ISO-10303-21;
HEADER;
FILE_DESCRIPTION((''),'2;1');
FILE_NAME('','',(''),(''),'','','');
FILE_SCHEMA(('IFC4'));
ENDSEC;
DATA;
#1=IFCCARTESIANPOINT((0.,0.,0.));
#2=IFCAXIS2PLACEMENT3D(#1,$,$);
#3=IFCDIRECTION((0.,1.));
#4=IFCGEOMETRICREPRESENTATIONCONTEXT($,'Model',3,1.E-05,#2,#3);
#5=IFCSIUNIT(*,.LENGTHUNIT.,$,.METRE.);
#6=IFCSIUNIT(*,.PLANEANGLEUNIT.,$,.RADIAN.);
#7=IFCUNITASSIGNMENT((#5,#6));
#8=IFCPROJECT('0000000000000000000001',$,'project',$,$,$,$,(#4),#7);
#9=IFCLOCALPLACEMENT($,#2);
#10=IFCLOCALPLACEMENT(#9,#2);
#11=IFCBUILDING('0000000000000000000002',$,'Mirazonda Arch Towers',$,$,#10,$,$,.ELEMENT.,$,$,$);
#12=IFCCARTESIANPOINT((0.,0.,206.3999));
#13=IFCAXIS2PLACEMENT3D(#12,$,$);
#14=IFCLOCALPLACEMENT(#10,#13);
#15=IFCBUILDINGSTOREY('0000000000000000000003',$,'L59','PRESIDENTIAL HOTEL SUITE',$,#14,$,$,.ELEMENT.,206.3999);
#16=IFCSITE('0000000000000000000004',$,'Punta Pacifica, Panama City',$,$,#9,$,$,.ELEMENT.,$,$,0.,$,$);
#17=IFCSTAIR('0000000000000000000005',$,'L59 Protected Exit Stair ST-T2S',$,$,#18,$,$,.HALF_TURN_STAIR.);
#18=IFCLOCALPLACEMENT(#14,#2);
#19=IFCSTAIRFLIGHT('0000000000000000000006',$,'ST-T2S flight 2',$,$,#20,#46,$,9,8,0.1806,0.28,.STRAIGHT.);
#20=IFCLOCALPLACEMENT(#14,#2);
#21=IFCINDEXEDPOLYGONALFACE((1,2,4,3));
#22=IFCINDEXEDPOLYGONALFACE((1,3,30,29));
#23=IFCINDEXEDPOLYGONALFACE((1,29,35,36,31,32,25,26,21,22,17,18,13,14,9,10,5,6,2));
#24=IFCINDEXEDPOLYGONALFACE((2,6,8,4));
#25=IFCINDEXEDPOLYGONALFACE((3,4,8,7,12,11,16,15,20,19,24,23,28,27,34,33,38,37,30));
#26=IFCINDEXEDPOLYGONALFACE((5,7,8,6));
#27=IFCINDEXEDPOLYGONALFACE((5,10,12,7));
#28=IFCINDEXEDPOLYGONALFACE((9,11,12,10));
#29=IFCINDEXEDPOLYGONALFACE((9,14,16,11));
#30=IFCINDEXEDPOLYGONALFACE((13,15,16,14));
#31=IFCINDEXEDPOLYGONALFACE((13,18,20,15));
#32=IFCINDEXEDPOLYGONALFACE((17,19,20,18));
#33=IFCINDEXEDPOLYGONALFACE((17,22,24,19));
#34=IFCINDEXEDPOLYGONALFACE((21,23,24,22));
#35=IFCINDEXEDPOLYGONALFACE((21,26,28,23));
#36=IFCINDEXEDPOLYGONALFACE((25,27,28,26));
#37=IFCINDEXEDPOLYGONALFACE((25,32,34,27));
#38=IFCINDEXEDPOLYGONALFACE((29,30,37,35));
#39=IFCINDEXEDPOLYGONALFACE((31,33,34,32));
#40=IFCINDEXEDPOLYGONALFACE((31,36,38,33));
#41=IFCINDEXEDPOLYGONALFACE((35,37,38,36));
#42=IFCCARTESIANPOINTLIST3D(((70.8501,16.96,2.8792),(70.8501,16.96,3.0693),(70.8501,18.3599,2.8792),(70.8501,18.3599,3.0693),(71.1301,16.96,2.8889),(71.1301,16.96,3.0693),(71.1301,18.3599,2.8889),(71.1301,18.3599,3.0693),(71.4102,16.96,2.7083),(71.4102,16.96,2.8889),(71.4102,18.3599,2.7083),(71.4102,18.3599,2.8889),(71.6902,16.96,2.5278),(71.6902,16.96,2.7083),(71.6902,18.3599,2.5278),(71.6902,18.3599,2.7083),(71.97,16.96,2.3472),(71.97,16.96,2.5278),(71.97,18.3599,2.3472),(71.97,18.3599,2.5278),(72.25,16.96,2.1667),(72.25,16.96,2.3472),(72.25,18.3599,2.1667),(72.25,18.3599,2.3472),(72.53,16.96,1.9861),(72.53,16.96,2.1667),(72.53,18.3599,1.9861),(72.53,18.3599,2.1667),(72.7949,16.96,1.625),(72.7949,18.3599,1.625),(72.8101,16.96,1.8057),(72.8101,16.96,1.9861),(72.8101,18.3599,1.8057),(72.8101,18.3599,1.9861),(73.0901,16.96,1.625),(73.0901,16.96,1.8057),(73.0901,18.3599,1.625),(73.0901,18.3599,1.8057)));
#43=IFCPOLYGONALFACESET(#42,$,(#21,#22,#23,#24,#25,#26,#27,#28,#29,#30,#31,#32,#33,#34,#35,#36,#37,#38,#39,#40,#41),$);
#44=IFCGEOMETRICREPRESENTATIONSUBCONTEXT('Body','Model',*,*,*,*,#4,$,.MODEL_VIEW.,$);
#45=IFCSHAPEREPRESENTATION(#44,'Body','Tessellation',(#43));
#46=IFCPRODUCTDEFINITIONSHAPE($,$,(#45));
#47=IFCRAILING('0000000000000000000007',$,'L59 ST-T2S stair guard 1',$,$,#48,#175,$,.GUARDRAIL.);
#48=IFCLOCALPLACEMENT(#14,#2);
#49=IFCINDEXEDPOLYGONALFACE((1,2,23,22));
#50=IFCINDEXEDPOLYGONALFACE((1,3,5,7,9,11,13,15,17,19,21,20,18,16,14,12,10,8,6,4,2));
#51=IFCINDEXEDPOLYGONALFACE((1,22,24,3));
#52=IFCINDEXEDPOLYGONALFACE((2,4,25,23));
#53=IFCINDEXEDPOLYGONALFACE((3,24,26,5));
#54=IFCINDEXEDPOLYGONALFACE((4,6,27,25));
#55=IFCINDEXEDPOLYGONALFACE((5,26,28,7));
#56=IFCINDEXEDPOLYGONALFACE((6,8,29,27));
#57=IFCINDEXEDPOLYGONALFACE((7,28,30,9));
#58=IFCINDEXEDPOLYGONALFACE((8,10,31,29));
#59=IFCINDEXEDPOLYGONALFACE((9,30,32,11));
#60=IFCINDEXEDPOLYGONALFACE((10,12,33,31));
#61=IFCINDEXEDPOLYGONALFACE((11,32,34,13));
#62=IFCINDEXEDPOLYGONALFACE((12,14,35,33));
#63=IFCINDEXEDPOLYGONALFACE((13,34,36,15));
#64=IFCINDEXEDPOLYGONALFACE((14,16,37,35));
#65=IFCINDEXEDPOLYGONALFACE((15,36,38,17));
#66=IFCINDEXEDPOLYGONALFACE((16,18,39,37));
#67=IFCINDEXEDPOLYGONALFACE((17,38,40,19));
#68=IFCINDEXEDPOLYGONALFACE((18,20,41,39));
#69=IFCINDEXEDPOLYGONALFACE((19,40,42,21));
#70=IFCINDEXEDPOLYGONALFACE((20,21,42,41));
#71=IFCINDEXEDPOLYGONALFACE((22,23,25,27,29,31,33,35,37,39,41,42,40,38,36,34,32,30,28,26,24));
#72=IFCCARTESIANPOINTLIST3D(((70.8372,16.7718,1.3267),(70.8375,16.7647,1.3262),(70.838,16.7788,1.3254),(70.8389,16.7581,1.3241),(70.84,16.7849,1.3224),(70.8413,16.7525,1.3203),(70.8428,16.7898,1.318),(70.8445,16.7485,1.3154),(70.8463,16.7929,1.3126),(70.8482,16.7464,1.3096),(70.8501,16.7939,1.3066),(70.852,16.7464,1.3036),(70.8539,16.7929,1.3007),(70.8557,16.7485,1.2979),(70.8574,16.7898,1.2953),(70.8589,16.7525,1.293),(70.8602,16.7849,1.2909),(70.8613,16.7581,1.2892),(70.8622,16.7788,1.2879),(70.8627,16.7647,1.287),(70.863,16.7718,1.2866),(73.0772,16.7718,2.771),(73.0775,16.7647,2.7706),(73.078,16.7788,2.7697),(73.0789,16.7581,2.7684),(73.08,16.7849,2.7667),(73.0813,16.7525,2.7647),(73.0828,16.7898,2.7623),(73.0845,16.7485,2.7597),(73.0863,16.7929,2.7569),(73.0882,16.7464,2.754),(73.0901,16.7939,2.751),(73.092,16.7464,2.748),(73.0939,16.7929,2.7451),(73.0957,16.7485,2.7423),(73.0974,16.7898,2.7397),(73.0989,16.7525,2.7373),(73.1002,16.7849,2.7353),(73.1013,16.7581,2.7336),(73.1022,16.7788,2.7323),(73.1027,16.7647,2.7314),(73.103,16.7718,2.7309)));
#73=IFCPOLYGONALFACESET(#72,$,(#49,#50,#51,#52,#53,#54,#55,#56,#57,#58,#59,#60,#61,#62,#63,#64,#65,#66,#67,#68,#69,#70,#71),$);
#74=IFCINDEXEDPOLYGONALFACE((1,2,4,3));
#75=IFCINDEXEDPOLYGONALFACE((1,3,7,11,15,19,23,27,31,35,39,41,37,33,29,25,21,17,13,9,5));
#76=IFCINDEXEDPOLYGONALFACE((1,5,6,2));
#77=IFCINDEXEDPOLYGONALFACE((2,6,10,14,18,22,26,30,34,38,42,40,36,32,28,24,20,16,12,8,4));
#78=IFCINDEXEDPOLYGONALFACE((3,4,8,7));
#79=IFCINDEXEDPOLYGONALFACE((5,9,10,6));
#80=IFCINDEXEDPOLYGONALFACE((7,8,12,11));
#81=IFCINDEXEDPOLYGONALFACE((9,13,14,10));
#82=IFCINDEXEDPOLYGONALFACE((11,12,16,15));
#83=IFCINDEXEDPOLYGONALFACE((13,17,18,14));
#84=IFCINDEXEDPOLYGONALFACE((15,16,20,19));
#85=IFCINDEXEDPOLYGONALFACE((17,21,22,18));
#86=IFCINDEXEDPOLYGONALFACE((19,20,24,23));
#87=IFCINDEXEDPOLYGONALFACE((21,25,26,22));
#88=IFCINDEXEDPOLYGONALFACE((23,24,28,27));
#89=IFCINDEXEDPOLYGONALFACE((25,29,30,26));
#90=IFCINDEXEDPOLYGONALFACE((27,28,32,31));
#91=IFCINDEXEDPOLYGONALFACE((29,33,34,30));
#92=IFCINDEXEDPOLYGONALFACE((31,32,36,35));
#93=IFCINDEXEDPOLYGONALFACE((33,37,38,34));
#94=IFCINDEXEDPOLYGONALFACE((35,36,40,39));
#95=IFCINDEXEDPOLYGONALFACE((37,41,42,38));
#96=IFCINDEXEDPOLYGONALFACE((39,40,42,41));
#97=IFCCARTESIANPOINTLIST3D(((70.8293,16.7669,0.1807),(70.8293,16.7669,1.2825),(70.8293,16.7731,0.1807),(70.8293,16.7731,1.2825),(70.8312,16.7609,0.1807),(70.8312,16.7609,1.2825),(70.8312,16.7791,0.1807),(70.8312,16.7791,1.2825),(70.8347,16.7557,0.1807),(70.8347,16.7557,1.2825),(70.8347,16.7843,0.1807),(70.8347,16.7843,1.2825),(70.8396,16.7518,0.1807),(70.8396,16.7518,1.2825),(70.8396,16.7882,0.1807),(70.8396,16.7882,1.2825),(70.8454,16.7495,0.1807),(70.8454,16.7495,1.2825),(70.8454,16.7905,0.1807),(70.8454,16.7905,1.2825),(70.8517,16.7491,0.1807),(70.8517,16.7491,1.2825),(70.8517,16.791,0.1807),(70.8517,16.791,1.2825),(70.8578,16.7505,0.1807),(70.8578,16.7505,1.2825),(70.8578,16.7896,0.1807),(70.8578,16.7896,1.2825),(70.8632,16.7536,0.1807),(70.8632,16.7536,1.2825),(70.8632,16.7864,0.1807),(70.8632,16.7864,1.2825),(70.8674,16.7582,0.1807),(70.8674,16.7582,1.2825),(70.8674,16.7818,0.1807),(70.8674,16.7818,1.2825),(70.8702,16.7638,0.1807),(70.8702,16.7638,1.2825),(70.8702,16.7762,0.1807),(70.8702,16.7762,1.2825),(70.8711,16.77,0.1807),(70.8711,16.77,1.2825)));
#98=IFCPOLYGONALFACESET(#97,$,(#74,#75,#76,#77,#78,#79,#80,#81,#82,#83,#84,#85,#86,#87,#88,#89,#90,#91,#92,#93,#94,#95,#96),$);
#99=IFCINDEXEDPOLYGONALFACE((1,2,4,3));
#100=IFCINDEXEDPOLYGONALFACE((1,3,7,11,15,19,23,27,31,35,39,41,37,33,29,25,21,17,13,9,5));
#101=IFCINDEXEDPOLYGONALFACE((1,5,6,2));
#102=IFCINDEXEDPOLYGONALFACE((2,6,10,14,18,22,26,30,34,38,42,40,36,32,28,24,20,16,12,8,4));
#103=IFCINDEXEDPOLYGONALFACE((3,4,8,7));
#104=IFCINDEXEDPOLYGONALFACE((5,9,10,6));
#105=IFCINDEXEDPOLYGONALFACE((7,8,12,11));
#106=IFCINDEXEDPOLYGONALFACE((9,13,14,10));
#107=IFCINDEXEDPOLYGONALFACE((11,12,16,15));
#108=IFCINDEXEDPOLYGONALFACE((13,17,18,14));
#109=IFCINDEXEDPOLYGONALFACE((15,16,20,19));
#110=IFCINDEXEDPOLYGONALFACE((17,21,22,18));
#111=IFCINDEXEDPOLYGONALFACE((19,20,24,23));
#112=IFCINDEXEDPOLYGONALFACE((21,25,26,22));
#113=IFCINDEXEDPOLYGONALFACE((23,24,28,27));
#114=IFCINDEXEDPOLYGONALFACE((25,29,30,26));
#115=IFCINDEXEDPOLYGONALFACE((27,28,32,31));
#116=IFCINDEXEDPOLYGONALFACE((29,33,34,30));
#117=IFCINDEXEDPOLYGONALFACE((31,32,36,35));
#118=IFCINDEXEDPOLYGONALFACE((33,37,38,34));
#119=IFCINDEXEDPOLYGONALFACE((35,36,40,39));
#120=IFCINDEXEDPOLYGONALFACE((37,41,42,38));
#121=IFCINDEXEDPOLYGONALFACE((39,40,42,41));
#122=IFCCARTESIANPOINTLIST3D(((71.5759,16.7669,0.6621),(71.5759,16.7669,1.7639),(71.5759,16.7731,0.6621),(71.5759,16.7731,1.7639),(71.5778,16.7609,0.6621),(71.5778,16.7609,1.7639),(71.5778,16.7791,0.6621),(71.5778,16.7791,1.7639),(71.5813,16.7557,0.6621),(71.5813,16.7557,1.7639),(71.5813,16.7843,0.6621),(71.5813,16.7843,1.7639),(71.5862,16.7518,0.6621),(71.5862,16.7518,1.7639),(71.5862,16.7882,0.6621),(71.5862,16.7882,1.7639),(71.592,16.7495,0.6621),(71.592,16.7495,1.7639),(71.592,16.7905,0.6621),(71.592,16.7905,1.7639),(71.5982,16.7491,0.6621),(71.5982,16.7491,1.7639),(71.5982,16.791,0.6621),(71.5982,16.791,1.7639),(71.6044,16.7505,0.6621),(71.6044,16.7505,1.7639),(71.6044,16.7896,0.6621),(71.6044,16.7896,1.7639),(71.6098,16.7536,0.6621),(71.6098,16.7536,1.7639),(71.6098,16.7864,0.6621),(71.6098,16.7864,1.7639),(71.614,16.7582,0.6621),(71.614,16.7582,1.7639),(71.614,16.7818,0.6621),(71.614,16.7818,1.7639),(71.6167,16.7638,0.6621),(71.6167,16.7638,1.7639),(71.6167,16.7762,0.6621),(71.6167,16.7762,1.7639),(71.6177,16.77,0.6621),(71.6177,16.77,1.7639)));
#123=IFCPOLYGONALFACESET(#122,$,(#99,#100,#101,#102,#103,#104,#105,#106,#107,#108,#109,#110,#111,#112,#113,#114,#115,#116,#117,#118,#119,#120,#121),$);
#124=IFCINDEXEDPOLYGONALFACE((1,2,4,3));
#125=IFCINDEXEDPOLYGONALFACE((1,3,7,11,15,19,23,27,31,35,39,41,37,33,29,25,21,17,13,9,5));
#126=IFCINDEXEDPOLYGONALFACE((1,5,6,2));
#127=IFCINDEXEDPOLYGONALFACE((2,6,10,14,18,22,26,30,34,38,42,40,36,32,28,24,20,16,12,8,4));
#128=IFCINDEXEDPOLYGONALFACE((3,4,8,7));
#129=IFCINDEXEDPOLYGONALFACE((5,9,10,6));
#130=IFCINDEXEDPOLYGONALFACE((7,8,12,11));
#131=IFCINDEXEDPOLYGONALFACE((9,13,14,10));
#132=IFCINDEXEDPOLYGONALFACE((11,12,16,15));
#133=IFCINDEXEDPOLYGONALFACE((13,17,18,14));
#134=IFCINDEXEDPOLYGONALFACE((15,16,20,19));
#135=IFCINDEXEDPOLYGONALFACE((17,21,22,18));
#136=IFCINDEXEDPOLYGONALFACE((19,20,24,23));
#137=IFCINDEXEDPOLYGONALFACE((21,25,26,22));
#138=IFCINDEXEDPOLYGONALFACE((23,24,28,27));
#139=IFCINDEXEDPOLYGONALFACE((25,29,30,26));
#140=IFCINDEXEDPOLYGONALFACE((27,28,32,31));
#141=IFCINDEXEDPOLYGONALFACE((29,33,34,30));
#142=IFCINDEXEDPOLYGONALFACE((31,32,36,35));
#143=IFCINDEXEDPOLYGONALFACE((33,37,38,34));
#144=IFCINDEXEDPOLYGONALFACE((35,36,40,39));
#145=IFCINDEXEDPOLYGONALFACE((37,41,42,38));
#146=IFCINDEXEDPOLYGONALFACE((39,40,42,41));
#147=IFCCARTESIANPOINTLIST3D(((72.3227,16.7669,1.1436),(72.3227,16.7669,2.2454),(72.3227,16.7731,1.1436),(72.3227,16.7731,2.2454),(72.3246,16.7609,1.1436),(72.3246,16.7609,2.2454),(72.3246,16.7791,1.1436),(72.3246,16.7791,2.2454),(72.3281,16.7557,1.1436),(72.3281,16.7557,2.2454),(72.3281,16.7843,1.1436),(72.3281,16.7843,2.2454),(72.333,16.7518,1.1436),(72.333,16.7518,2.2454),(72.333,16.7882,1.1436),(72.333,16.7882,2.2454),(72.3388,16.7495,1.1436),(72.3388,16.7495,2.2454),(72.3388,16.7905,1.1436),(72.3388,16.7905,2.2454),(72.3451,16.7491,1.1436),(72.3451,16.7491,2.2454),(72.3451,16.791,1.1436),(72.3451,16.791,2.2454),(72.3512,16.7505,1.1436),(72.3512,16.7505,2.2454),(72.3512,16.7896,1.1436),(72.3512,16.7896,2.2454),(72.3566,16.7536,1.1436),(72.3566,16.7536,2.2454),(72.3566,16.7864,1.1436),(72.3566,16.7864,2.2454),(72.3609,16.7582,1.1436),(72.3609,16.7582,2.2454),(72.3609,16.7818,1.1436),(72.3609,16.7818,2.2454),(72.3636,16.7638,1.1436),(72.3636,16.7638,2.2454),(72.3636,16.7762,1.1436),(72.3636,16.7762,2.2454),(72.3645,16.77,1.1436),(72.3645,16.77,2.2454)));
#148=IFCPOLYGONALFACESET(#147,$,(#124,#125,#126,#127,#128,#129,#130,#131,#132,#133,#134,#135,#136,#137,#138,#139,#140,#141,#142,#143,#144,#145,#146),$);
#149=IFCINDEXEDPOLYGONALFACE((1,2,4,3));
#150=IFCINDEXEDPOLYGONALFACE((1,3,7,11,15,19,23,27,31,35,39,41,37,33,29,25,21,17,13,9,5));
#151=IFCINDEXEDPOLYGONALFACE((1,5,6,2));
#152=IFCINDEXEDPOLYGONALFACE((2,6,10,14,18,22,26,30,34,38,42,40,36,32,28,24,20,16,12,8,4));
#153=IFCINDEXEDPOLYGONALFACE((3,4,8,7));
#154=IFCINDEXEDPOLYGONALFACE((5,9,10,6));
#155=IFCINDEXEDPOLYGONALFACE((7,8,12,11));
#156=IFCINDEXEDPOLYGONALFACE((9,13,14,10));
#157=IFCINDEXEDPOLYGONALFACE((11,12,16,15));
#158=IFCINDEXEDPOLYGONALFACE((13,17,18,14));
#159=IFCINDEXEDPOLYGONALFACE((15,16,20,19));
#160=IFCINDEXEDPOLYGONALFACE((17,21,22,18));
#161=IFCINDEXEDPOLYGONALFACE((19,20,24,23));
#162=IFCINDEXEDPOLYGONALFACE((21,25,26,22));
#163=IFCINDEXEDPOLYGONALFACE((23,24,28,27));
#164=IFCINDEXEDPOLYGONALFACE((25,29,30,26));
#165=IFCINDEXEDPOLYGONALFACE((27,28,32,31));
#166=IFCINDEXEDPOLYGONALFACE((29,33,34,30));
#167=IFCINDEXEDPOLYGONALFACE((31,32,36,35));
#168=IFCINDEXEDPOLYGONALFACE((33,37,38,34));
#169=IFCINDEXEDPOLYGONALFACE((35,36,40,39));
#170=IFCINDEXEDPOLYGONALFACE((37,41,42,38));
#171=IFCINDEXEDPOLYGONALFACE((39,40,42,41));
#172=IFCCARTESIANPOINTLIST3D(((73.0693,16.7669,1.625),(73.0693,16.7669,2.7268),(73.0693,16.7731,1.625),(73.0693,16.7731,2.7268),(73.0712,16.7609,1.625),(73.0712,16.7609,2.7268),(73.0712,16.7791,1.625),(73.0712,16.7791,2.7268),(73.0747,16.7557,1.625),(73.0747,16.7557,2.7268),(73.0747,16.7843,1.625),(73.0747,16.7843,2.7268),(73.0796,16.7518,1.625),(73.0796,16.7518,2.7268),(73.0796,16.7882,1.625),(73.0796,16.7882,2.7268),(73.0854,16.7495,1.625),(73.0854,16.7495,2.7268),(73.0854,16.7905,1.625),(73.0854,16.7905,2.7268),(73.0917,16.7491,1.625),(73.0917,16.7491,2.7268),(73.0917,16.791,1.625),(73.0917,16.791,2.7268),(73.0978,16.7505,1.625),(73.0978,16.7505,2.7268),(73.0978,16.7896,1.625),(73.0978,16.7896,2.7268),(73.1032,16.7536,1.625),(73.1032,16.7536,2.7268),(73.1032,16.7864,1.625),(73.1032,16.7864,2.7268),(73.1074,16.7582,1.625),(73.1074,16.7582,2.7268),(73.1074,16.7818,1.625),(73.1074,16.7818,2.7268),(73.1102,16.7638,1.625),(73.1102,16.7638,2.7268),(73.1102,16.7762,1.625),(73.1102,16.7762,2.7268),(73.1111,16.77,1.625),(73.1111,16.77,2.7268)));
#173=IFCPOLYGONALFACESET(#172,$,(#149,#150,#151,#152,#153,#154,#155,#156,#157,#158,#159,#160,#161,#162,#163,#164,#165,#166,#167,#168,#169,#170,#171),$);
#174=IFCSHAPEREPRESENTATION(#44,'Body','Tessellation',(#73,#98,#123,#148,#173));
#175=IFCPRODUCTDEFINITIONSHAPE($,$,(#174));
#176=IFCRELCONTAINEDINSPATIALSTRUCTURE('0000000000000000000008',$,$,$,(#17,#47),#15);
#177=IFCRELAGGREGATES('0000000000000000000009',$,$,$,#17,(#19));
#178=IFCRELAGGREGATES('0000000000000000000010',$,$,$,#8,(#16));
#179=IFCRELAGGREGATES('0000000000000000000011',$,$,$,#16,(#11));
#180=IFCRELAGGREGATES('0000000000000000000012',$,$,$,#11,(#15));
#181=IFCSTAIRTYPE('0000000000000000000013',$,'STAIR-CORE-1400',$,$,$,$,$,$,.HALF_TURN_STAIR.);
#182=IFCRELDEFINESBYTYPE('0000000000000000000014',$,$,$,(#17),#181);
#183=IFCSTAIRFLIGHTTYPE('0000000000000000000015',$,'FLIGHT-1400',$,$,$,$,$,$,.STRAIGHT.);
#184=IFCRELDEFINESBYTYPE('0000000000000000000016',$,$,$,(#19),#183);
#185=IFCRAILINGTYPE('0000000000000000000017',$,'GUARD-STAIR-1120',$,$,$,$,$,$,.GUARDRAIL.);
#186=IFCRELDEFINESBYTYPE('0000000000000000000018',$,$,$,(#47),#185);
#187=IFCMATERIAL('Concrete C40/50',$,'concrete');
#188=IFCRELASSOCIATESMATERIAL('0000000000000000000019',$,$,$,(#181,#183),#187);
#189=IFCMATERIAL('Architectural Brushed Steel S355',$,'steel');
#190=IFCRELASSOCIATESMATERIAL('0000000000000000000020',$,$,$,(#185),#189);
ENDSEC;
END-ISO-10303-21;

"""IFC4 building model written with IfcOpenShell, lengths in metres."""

from ifc_helpers import new_model, si_unit, direction, frame, origin, origin_2d, place, context, subcontext, project, spatial, polyline, circle, outline, extrude, material, type_object, element, aggregate, save


model = new_model("IFC4")

# Units and contexts
model_context = context("Model", 3, precision=1e-05, world=origin(), true_north=direction((0.0, 1.0)))
body_context = subcontext(model_context, "Body", "Model", "MODEL_VIEW")
ifc_project = project(units=[si_unit("LENGTHUNIT", "METRE"), si_unit("PLANEANGLEUNIT", "RADIAN")], contexts=[model_context])

# Site, building, storey
site_placement = place(None, origin())
site = spatial("IfcSite", under=ifc_project, at=site_placement, Name="Punta Pacifica, Panama City", CompositionType="ELEMENT", RefElevation=0.0)
building_placement = place(site_placement, origin())
building = spatial("IfcBuilding", under=site, at=building_placement, Name="Mirazonda Arch Towers", CompositionType="ELEMENT")
storey_placement = place(building_placement, frame((0.0, 0.0, 206.3999)))
storey = spatial("IfcBuildingStorey", under=building, at=storey_placement, Name="L59", Description="PRESIDENTIAL HOTEL SUITE", CompositionType="ELEMENT", Elevation=206.3999)

# Stair, stair flight
ifc_material_1 = material(Name="Concrete C40/50", Category="concrete")
stair_type = type_object("IfcStairType", Name="STAIR-CORE-1400", PredefinedType="HALF_TURN_STAIR", material=ifc_material_1)
stair_placement = place(storey_placement, origin())
stair = element("IfcStair", 1, at=stair_placement, inside=storey, type_object=stair_type, Name="L59 Protected Exit Stair ST-T2S", PredefinedType="HALF_TURN_STAIR")
stair_flight_type = type_object("IfcStairFlightType", Name="FLIGHT-1400", PredefinedType="STRAIGHT", material=ifc_material_1)
stair_flight_1_placement = place(storey_placement, frame((73.0901, 17.6599, 1.625), z_axis=(0.0, 0.0, 1.0), x_axis=(-1.0, 0.0, 0.0)))
stair_flight_1 = element("IfcStairFlight", 2, at=stair_flight_1_placement, type_object=stair_flight_type, Name="ST-T2S flight 2", NumberOfRisers=9, NumberOfTreads=8, PredefinedType="STRAIGHT", RiserHeight=0.1806, TreadLength=0.28, context=body_context, shape_type="SweptSolid", body=[
    extrude(outline(polyline([(0.0, 0.0), (0.0, 0.1807), (0.28, 0.1807), (0.28, 0.3611), (0.5601, 0.3611), (0.5601, 0.5417), (0.8401, 0.5417), (0.8401, 0.7222), (1.1201, 0.7222), (1.1201, 0.9028), (1.3999, 0.9028), (1.3999, 1.0833), (1.6799, 1.0833), (1.6799, 1.2639), (1.96, 1.2639), (1.96, 1.4443), (2.24, 1.4443), (2.24, 1.625), (2.24, 1.2542), (0.2952, 0.0), (0.0, 0.0)])), frame((0.0, 0.7, 0.0), z_axis=(0.0, -1.0, 0.0), x_axis=(1.0, 0.0, 0.0)), (0.0, 0.0, 1.0), 1.3999),
])
aggregate(stair, [stair_flight_1])

# Railing
ifc_material_2 = material(Name="Architectural Brushed Steel S355", Category="steel")
railing_type_1 = type_object("IfcRailingType", Name="GUARD-STAIR-1120", PredefinedType="GUARDRAIL", material=ifc_material_2)
railing_1_placement = place(storey_placement, frame((70.8501, 16.77, 0.1807)))
element("IfcRailing", 3, at=railing_1_placement, inside=storey, type_object=railing_type_1, Name="L59 ST-T2S stair guard 1", PredefinedType="GUARDRAIL", context=body_context, shape_type="SweptSolid", body=[
    extrude(circle(Radius=0.0239, at=origin_2d()), frame((0.0, 0.0, 1.126), z_axis=(0.840437, 0.0, 0.54191), x_axis=(0.0, 1.0, 0.0)), (0.0, 0.0, 1.0), 2.6653),
    extrude(circle(Radius=0.021, at=origin_2d()), origin(), (0.0, 0.0, 1.0), 1.1018),
    extrude(circle(Radius=0.021, at=origin_2d()), frame((0.7466, 0.0, 0.4814)), (0.0, 0.0, 1.0), 1.1018),
    extrude(circle(Radius=0.021, at=origin_2d()), frame((1.4934, 0.0, 0.9629)), (0.0, 0.0, 1.0), 1.1018),
    extrude(circle(Radius=0.021, at=origin_2d()), frame((2.24, 0.0, 1.4443)), (0.0, 0.0, 1.0), 1.1018),
])

save(model, "model.ifc")
